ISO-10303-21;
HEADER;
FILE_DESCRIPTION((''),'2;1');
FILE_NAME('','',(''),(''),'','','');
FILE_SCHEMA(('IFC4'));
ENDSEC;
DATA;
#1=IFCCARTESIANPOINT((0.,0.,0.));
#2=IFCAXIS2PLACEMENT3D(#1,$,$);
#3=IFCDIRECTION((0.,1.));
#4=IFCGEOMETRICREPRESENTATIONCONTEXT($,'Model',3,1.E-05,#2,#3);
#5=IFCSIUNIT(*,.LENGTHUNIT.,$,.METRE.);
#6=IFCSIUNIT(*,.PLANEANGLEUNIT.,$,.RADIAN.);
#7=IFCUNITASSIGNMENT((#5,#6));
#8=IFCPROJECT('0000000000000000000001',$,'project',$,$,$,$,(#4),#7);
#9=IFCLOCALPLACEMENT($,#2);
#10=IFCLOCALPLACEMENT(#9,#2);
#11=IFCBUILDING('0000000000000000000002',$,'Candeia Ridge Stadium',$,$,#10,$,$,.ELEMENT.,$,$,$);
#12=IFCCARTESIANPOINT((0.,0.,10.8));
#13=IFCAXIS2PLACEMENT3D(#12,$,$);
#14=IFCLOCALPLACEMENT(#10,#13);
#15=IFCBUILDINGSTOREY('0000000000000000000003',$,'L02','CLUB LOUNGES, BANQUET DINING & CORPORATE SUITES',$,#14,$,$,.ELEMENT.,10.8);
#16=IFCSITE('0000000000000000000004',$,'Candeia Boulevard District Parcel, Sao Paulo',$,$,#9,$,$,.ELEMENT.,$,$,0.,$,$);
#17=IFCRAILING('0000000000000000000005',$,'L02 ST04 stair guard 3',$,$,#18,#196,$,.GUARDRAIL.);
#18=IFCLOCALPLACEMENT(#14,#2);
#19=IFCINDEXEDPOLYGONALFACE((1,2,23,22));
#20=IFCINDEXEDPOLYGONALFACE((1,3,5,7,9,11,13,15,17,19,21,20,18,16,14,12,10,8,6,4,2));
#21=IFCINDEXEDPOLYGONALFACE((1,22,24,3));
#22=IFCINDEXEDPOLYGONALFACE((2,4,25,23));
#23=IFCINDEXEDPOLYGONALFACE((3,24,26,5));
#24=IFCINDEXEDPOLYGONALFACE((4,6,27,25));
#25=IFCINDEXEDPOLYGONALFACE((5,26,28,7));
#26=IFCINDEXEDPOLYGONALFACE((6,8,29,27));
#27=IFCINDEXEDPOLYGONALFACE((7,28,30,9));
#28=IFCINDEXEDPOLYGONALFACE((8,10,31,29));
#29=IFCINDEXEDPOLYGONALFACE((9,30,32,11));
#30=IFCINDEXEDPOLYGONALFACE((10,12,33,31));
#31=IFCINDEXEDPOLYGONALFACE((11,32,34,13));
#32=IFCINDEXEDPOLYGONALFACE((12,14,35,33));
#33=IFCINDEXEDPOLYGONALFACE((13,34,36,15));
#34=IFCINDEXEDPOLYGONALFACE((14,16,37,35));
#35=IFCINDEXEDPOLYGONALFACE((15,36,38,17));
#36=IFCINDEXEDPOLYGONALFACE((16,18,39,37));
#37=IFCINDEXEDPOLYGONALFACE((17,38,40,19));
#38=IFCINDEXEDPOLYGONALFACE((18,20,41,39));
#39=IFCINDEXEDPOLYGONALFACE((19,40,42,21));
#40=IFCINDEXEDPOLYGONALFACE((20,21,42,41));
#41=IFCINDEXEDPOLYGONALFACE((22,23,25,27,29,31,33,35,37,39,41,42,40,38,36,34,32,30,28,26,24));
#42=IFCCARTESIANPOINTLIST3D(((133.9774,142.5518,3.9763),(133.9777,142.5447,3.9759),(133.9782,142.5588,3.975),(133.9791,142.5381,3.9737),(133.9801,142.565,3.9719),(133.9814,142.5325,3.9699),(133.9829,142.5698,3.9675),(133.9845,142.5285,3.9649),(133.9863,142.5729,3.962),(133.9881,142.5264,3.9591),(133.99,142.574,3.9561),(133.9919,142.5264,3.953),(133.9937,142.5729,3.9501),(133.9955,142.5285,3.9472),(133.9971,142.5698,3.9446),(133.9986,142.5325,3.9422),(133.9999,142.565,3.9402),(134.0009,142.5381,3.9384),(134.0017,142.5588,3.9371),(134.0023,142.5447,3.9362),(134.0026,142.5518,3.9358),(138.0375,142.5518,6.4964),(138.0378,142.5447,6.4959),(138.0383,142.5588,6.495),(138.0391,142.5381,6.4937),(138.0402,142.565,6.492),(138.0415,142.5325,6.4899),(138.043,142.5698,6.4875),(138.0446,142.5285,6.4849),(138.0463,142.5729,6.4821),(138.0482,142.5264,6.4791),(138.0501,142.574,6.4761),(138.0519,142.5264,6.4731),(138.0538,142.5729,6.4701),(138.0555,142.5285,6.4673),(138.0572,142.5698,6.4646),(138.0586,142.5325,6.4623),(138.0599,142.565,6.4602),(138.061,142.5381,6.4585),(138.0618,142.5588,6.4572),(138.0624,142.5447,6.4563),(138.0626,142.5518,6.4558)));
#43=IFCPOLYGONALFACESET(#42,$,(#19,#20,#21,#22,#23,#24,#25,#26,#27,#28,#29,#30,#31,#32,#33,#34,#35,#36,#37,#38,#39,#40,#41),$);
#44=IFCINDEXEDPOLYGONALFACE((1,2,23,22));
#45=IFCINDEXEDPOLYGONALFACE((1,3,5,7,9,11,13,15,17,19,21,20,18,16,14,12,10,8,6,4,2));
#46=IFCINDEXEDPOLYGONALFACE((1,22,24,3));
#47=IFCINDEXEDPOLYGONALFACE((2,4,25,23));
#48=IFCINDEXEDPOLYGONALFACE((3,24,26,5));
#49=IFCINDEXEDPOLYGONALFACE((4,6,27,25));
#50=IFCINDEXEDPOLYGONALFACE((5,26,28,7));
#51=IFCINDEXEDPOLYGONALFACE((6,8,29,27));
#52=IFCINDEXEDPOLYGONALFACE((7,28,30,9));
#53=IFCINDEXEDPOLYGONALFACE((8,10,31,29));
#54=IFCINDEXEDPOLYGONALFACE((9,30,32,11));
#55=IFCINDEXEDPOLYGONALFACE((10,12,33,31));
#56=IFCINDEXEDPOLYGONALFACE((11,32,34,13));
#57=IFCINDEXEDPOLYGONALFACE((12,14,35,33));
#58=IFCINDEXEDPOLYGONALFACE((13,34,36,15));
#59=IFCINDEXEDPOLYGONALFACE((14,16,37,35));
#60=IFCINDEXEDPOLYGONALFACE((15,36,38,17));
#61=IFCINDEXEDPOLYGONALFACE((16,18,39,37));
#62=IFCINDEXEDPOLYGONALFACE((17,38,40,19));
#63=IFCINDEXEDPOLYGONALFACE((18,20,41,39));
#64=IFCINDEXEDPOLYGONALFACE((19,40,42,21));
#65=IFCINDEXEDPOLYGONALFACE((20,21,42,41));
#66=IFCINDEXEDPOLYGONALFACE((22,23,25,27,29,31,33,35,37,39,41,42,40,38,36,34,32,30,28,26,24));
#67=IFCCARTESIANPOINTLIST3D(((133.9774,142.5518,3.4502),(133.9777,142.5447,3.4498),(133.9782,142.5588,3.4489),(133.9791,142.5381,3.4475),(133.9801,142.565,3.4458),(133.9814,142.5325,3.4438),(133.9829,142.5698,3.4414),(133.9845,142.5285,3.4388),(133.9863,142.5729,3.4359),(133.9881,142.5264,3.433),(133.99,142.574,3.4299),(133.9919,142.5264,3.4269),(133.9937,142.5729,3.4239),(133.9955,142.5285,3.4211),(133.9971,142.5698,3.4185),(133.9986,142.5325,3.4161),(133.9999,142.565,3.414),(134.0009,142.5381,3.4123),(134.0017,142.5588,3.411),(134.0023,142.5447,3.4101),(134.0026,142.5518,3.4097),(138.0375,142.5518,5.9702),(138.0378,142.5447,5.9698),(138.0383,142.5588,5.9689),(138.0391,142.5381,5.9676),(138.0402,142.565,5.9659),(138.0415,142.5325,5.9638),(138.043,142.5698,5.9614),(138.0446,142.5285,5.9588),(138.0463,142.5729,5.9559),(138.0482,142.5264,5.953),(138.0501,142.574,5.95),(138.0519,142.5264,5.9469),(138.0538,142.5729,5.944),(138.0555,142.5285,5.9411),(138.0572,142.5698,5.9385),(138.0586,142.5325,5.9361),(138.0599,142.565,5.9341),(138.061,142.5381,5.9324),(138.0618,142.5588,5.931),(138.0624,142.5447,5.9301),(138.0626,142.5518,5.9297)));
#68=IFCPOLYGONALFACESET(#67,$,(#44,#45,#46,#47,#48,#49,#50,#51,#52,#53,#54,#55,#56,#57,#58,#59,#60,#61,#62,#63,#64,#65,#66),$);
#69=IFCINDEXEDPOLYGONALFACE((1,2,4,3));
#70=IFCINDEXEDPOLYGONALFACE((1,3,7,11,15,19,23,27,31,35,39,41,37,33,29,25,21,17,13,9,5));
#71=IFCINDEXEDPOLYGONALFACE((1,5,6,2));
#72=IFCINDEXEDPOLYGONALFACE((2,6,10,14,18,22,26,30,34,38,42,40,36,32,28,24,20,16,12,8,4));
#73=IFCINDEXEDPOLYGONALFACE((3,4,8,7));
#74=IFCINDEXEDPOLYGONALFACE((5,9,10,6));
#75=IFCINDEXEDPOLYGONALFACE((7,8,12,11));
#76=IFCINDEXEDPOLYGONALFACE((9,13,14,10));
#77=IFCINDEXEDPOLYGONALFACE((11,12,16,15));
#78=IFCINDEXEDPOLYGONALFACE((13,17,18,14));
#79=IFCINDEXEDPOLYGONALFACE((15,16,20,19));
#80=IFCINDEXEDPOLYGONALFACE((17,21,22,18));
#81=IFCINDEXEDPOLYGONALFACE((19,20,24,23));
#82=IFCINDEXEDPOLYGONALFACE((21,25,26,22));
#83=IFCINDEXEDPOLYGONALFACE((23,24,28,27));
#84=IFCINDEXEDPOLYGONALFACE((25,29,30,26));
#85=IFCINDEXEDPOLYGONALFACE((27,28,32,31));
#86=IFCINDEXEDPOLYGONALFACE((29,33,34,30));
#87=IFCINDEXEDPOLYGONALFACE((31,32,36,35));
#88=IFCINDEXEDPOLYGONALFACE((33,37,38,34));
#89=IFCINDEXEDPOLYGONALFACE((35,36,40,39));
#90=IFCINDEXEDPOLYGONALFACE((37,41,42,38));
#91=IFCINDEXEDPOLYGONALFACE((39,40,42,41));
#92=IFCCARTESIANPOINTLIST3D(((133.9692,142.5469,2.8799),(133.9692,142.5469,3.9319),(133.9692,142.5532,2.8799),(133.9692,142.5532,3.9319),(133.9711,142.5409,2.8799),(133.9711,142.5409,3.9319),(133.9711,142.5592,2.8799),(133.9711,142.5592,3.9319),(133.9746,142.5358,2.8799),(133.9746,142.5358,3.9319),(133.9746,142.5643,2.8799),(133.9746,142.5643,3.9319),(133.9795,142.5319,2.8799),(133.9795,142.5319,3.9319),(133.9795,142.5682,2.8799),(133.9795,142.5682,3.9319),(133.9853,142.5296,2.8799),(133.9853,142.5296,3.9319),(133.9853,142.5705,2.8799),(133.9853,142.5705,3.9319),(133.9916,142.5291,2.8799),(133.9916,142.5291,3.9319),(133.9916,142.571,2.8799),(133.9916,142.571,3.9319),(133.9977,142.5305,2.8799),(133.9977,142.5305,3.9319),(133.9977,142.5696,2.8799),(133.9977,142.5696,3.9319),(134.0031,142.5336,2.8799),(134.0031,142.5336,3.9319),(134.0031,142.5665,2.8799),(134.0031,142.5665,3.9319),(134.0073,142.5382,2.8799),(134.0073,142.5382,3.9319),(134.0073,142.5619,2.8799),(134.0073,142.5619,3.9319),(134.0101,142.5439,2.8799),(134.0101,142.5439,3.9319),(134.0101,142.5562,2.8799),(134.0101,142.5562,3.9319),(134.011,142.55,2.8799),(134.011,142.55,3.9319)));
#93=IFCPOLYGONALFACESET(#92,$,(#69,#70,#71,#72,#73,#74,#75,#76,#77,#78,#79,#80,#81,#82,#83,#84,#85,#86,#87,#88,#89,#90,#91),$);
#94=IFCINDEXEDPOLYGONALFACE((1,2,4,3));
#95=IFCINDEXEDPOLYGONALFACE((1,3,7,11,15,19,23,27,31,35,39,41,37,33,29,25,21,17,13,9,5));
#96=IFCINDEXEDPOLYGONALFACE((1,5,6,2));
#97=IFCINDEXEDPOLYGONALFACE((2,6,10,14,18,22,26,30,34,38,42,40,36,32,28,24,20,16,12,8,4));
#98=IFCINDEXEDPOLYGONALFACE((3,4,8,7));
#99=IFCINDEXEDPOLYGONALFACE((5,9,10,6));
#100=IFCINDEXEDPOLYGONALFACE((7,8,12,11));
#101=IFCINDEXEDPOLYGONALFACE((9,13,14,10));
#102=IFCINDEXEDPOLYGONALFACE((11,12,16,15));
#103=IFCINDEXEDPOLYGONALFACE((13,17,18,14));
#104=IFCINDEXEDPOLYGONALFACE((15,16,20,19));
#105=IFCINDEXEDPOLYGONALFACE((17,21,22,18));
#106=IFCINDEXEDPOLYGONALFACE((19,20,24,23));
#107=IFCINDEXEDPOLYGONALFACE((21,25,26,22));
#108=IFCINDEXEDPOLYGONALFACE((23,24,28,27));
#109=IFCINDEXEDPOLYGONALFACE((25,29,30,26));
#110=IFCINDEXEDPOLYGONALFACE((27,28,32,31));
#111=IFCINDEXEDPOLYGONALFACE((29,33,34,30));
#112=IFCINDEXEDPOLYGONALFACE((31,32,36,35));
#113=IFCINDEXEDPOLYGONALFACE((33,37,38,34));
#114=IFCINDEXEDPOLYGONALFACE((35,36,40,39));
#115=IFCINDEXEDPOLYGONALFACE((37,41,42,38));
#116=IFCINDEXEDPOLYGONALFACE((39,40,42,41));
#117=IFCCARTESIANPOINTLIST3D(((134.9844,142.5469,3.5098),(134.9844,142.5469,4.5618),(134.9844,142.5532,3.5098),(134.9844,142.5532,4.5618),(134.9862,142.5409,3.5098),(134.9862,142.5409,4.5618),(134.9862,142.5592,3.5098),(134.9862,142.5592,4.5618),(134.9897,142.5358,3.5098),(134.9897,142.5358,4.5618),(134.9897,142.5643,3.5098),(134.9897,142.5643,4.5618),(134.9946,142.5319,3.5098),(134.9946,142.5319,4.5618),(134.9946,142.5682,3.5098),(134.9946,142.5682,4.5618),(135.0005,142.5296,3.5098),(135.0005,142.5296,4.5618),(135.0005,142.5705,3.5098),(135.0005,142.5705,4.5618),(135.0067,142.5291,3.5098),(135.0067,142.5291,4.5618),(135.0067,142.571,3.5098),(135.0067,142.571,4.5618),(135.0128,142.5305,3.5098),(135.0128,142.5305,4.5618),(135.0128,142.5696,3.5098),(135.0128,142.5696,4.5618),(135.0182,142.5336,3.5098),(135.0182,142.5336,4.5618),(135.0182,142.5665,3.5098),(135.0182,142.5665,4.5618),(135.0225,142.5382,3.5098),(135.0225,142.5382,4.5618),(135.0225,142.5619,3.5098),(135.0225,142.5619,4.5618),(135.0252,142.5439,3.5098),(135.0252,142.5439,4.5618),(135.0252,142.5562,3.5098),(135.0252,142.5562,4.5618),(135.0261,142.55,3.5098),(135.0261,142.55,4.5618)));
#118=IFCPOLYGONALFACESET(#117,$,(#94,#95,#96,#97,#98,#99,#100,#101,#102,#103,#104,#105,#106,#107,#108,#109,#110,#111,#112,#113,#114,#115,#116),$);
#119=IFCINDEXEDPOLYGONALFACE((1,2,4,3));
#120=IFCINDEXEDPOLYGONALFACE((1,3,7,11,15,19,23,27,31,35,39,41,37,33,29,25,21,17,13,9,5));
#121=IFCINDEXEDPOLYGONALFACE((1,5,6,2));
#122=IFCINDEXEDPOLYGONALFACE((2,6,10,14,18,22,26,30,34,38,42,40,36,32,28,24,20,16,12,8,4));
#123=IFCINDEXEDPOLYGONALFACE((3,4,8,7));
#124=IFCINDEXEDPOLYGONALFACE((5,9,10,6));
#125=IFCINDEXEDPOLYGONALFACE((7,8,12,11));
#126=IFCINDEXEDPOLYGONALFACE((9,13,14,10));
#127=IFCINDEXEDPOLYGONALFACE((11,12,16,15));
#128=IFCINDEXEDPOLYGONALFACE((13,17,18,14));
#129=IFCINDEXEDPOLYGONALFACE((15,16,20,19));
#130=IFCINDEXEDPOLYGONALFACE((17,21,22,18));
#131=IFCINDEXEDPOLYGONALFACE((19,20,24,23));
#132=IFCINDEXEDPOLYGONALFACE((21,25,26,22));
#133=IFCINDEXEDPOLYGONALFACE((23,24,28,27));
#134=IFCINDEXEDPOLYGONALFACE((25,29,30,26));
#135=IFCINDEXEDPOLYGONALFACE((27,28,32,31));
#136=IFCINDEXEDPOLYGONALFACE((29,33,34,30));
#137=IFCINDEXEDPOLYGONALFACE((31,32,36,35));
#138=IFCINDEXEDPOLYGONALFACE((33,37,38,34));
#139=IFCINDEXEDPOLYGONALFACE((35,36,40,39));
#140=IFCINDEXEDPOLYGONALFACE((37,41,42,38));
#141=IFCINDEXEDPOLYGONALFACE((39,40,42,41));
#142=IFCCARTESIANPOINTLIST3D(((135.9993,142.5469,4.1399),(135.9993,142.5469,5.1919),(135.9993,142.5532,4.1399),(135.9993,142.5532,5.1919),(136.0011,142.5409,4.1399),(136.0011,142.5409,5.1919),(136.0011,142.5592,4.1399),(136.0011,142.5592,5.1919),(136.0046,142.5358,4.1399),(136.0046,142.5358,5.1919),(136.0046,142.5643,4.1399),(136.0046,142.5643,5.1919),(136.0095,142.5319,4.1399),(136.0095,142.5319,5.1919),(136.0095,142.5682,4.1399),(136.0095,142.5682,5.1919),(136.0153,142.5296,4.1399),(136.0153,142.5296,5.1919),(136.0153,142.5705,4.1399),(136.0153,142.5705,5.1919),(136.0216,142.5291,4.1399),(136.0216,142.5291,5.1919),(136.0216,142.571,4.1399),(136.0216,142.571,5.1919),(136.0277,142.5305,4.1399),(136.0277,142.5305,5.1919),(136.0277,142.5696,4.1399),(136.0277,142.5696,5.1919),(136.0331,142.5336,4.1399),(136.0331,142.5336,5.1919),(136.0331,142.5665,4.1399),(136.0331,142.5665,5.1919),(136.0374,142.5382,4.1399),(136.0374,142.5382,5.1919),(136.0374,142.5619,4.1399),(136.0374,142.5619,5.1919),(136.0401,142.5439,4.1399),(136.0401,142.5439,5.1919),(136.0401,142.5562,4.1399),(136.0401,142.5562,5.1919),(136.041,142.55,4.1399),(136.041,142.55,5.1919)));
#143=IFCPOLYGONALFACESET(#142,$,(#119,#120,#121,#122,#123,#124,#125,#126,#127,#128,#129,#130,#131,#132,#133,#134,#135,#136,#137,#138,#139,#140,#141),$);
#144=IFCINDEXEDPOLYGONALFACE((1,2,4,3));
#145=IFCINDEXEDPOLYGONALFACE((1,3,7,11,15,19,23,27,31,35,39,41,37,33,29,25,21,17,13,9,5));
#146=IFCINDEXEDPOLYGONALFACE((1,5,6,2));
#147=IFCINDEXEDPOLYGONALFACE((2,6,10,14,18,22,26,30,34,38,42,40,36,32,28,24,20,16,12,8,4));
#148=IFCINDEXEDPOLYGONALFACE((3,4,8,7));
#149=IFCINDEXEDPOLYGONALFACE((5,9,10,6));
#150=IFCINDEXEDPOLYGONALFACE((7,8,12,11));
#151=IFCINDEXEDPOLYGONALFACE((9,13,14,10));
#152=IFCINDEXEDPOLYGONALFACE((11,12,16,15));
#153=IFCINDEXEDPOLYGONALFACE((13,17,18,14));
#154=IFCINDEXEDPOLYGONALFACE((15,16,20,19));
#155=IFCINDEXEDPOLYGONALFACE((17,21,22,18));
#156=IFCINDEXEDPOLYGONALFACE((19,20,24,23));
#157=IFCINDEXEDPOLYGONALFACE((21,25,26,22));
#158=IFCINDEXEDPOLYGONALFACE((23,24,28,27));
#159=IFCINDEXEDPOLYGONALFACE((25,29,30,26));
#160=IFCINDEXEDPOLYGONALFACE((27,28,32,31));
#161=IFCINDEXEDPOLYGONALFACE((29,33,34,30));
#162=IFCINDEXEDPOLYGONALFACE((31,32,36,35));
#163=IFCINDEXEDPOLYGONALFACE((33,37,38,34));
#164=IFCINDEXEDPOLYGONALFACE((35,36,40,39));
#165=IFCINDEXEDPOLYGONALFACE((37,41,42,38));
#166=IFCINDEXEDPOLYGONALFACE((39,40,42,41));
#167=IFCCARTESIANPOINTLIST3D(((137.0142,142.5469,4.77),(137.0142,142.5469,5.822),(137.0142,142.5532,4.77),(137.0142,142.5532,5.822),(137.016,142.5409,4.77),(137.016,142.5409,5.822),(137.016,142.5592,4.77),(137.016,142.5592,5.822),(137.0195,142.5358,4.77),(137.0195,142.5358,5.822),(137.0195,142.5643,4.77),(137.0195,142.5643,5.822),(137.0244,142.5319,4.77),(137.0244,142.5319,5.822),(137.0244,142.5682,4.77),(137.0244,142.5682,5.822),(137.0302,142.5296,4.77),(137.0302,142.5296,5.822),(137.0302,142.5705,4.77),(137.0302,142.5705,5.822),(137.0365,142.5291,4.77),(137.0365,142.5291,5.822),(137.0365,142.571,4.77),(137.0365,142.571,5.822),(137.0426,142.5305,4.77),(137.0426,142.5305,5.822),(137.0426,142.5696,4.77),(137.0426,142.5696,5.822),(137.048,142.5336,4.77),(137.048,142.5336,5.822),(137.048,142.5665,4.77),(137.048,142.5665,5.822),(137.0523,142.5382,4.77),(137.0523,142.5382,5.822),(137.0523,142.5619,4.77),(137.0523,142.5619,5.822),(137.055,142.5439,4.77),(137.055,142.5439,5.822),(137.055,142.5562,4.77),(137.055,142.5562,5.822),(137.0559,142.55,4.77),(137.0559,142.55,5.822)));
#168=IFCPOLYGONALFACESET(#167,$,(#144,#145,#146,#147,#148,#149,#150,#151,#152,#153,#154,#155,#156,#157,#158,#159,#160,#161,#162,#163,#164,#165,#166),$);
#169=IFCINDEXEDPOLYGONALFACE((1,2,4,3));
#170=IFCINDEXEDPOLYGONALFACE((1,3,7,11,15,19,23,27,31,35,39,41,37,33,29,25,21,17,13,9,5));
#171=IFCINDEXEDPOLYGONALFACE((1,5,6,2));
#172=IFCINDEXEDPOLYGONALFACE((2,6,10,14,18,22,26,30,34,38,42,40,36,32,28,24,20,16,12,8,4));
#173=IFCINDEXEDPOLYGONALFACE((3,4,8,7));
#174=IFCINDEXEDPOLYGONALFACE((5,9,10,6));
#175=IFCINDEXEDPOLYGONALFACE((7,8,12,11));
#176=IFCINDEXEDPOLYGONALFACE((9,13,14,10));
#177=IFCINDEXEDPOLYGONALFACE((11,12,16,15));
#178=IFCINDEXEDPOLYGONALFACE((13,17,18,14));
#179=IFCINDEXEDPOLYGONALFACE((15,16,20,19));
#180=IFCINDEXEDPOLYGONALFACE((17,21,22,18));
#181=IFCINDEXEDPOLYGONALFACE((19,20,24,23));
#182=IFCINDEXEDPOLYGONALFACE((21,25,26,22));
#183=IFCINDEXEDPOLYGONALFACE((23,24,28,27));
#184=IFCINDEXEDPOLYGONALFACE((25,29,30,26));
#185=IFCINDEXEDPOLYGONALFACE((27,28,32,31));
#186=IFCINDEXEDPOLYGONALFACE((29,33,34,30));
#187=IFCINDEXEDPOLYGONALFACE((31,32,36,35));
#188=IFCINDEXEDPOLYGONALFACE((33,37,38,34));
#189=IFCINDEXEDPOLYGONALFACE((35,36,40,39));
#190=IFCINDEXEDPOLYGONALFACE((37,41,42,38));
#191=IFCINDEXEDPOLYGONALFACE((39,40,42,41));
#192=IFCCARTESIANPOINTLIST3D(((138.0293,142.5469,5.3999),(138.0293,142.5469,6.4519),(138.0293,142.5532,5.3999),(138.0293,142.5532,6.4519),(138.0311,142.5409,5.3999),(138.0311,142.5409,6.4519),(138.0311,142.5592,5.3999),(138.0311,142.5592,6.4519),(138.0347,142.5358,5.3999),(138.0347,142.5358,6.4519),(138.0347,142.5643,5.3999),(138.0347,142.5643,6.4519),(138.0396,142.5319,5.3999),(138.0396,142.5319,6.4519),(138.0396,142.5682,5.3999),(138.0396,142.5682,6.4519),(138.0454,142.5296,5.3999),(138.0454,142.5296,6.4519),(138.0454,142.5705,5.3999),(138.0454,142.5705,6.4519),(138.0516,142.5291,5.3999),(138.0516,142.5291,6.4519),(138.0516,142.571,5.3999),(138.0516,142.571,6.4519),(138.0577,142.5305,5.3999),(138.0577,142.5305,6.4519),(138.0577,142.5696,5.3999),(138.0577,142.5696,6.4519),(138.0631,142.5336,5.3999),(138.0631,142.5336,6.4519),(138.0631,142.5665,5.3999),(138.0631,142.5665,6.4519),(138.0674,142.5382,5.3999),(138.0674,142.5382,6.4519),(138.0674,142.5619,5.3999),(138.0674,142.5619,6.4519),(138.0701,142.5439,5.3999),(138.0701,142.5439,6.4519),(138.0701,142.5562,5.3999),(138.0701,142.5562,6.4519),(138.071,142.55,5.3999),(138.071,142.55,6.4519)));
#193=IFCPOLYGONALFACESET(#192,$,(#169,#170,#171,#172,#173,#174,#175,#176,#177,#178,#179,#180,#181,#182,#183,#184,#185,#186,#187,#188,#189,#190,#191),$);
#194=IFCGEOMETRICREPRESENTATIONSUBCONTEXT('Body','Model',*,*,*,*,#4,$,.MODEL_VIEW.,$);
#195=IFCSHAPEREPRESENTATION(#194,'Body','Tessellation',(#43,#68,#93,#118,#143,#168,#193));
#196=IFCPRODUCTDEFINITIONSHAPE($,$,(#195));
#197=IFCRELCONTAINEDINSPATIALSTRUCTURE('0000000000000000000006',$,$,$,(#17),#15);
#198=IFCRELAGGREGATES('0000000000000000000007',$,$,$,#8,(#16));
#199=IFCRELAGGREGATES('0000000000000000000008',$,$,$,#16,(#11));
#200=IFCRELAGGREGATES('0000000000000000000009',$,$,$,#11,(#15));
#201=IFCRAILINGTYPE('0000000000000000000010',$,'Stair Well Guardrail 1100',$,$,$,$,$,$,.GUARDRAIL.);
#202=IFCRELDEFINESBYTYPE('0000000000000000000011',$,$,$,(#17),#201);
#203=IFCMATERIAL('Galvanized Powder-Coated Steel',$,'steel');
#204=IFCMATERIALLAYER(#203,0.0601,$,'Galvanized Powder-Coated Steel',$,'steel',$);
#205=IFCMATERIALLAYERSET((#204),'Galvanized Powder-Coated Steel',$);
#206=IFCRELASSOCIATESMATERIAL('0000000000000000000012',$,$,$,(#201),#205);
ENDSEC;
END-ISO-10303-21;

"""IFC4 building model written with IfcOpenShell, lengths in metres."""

from ifc_helpers import new_model, si_unit, direction, frame, origin, origin_2d, place, context, subcontext, project, spatial, circle, extrude, material, layer, layer_set, type_object, element, save


model = new_model("IFC4")

# Units and contexts
model_context = context("Model", 3, precision=1e-05, world=origin(), true_north=direction((0.0, 1.0)))
body_context = subcontext(model_context, "Body", "Model", "MODEL_VIEW")
ifc_project = project(units=[si_unit("LENGTHUNIT", "METRE"), si_unit("PLANEANGLEUNIT", "RADIAN")], contexts=[model_context])

# Site, building, storey
site_placement = place(None, origin())
site = spatial("IfcSite", under=ifc_project, at=site_placement, Name="Candeia Boulevard District Parcel, Sao Paulo", CompositionType="ELEMENT", RefElevation=0.0)
building_placement = place(site_placement, origin())
building = spatial("IfcBuilding", under=site, at=building_placement, Name="Candeia Ridge Stadium", CompositionType="ELEMENT")
storey_placement = place(building_placement, frame((0.0, 0.0, 10.8)))
storey = spatial("IfcBuildingStorey", under=building, at=storey_placement, Name="L02", Description="CLUB LOUNGES, BANQUET DINING & CORPORATE SUITES", CompositionType="ELEMENT", Elevation=10.8)

# Railing
ifc_material_1 = material(Name="Galvanized Powder-Coated Steel", Category="steel")
ifc_layer_1 = layer(ifc_material_1, 0.0601, Name="Galvanized Powder-Coated Steel", Category="steel")
ifc_layer_set_1 = layer_set([ifc_layer_1], Name="Galvanized Powder-Coated Steel")
railing_type_1 = type_object("IfcRailingType", Name="Stair Well Guardrail 1100", PredefinedType="GUARDRAIL", material=ifc_layer_set_1)
railing_1_placement = place(storey_placement, frame((133.99, 142.55, 2.8799)))
element("IfcRailing", 1, at=railing_1_placement, inside=storey, type_object=railing_type_1, Name="L02 ST04 stair guard 3", PredefinedType="GUARDRAIL", context=body_context, shape_type="SweptSolid", body=[
    extrude(circle(Radius=0.0239, at=origin_2d()), frame((0.0, 0.0, 1.0762), z_axis=(0.849642, 0.0, 0.52736), x_axis=(0.0, 1.0, 0.0)), (0.0, 0.0, 1.0), 4.7786),
    extrude(circle(Radius=0.0239, at=origin_2d()), frame((0.0, 0.0, 0.55), z_axis=(0.849642, 0.0, 0.52736), x_axis=(0.0, 1.0, 0.0)), (0.0, 0.0, 1.0), 4.7786),
    extrude(circle(Radius=0.021, at=origin_2d()), origin(), (0.0, 0.0, 1.0), 1.052),
    extrude(circle(Radius=0.021, at=origin_2d()), frame((1.0151, 0.0, 0.6299)), (0.0, 0.0, 1.0), 1.052),
    extrude(circle(Radius=0.021, at=origin_2d()), frame((2.03, 0.0, 1.26)), (0.0, 0.0, 1.0), 1.052),
    extrude(circle(Radius=0.021, at=origin_2d()), frame((3.0449, 0.0, 1.8901)), (0.0, 0.0, 1.0), 1.052),
    extrude(circle(Radius=0.021, at=origin_2d()), frame((4.0601, 0.0, 2.52)), (0.0, 0.0, 1.0), 1.052),
])

save(model, "model.ifc")
